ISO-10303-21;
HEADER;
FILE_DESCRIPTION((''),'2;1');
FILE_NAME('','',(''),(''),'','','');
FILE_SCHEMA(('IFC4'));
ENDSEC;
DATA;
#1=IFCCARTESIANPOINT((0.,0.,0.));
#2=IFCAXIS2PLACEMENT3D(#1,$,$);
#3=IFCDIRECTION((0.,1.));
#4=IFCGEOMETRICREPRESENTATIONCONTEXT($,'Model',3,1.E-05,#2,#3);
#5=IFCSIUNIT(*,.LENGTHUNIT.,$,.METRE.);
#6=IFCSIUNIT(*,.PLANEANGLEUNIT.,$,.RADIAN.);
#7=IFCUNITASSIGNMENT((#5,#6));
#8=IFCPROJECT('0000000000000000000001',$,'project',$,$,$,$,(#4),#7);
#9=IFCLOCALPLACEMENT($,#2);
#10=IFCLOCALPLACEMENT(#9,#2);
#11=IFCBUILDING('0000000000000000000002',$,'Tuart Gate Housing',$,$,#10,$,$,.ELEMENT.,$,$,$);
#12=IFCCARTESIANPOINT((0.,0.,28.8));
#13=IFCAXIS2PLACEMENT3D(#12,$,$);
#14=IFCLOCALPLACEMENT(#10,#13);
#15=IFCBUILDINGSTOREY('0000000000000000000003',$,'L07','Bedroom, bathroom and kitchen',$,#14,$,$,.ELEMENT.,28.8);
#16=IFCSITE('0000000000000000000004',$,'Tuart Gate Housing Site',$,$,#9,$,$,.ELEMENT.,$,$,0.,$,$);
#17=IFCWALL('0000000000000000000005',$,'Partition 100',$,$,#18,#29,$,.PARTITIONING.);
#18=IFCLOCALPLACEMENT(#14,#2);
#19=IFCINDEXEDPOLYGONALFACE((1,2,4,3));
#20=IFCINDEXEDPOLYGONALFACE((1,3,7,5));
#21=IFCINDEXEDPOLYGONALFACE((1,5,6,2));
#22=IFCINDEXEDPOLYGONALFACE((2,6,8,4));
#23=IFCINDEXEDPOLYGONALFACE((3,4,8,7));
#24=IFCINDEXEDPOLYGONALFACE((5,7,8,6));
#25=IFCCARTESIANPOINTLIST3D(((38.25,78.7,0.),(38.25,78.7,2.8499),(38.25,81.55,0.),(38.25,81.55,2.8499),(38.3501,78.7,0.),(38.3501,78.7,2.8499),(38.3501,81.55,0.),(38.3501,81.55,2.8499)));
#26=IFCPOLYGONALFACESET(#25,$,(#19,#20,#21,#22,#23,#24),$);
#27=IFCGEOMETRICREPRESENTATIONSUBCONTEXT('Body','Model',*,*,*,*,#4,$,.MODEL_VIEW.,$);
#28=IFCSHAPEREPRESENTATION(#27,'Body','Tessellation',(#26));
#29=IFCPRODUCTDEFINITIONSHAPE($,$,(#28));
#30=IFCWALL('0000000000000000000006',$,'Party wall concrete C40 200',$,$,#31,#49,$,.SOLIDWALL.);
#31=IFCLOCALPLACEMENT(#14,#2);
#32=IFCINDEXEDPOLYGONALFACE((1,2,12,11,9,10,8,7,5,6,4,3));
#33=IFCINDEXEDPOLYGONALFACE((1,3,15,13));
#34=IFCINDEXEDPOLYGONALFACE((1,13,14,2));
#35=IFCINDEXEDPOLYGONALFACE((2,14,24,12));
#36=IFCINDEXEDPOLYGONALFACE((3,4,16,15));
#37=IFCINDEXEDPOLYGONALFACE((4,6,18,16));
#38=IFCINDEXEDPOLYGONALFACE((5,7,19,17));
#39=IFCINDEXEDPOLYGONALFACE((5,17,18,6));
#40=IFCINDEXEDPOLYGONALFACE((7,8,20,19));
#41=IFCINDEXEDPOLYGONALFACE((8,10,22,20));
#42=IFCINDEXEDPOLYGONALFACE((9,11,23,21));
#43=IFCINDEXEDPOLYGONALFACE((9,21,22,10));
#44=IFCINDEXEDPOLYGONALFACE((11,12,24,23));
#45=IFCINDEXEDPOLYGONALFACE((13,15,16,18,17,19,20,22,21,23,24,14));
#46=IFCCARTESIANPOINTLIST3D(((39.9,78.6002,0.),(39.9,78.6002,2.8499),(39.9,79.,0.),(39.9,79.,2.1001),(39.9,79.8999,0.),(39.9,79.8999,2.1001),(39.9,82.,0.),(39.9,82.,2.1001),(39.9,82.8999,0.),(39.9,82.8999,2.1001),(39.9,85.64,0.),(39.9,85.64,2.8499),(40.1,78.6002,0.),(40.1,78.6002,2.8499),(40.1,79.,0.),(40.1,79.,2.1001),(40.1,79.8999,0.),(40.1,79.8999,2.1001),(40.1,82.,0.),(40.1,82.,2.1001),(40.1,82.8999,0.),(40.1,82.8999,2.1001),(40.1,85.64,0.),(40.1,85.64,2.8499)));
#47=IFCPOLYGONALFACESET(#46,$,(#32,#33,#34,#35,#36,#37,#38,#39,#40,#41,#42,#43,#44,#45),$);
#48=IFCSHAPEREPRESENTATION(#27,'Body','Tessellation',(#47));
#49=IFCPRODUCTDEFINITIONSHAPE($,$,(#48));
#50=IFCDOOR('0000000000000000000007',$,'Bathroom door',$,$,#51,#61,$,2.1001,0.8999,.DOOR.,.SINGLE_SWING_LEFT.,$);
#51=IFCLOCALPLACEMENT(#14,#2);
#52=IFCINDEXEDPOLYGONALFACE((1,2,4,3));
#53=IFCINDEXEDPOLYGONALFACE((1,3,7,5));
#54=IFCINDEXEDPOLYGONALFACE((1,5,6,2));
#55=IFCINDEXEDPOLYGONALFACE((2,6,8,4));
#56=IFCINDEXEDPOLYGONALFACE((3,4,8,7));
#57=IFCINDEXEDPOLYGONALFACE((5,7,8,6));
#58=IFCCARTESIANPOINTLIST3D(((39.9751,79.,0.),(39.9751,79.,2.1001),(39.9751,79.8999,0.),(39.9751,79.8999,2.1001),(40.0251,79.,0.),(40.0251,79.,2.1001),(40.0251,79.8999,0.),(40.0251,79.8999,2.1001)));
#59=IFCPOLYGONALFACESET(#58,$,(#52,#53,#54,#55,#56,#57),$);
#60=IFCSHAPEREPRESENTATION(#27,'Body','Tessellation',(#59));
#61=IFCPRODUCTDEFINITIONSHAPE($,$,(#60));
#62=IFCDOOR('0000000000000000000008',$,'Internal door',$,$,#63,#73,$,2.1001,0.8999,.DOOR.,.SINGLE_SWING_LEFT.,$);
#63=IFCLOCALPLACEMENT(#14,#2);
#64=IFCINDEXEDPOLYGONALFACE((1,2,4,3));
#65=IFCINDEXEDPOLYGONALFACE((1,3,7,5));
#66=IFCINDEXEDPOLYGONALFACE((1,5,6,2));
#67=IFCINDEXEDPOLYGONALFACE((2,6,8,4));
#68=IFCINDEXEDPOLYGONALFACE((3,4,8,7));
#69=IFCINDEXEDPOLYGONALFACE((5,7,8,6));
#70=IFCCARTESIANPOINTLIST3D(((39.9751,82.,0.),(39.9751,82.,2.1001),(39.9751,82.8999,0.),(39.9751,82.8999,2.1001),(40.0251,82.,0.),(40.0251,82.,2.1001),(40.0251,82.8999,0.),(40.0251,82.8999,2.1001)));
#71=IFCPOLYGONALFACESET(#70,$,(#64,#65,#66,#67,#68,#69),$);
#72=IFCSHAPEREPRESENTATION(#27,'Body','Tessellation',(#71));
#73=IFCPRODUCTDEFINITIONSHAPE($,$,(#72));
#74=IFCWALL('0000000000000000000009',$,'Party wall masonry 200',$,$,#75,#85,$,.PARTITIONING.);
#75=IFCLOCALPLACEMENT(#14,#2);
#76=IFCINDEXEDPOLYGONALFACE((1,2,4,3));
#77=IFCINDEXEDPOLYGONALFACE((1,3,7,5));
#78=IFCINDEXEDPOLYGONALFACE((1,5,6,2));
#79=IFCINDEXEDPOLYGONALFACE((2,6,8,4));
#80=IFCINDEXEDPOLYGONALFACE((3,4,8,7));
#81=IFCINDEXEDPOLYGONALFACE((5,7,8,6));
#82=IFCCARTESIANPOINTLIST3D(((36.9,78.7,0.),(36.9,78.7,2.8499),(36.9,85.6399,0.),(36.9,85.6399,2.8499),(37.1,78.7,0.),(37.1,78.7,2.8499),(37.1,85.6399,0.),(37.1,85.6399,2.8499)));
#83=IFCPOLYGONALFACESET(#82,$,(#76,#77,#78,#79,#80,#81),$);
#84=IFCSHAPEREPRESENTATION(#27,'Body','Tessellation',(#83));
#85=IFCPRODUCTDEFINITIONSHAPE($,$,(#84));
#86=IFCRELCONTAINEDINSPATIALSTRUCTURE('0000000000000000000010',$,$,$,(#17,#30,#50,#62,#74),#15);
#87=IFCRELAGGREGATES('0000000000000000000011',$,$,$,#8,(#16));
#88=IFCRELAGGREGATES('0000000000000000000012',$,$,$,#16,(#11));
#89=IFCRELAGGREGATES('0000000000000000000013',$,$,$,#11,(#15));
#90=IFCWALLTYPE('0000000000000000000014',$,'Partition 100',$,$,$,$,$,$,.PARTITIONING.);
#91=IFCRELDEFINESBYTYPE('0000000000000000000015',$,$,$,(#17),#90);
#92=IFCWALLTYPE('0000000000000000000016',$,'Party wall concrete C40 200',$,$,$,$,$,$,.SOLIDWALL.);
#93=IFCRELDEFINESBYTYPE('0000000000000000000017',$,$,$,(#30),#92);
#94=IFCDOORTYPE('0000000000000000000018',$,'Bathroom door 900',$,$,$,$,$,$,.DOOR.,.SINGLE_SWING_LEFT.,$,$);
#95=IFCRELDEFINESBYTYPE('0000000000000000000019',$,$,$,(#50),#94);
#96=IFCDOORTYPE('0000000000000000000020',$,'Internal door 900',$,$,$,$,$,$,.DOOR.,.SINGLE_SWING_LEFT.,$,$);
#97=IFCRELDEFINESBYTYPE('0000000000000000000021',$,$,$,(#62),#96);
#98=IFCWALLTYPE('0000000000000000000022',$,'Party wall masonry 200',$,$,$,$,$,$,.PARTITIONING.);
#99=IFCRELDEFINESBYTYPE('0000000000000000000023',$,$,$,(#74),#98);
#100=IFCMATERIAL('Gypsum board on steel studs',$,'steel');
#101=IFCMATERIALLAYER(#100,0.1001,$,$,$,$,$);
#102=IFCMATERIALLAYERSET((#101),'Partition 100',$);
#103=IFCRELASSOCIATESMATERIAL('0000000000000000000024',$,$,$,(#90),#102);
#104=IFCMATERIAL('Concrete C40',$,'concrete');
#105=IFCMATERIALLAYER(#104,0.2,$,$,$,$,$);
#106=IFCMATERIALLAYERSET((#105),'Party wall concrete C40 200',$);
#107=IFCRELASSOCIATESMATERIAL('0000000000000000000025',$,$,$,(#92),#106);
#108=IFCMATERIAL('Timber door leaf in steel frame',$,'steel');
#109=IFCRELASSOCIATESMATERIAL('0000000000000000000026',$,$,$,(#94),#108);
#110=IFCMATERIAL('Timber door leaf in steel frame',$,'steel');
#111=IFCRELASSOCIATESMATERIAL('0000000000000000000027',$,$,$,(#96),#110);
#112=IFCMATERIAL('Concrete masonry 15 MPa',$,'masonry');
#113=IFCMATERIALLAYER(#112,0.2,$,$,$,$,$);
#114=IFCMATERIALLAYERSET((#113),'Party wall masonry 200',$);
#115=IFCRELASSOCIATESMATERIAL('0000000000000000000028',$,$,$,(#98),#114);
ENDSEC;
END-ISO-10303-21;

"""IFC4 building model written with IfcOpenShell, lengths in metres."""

from ifc_helpers import new_model, si_unit, direction, frame, frame_2d, origin, place, context, subcontext, project, spatial, rectangle, extrude, material, layer, layer_set, type_object, element, fill, save


model = new_model("IFC4")

# Units and contexts
model_context = context("Model", 3, precision=1e-05, world=origin(), true_north=direction((0.0, 1.0)))
body_context = subcontext(model_context, "Body", "Model", "MODEL_VIEW")
ifc_project = project(units=[si_unit("LENGTHUNIT", "METRE"), si_unit("PLANEANGLEUNIT", "RADIAN")], contexts=[model_context])

# Site, building, storey
site_placement = place(None, origin())
site = spatial("IfcSite", under=ifc_project, at=site_placement, Name="Tuart Gate Housing Site", CompositionType="ELEMENT", RefElevation=0.0)
building_placement = place(site_placement, origin())
building = spatial("IfcBuilding", under=site, at=building_placement, Name="Tuart Gate Housing", CompositionType="ELEMENT")
storey_placement = place(building_placement, frame((0.0, 0.0, 28.8)))
storey = spatial("IfcBuildingStorey", under=building, at=storey_placement, Name="L07", Description="Bedroom, bathroom and kitchen", CompositionType="ELEMENT", Elevation=28.8)

# Wall
ifc_material_1 = material(Name="Gypsum board on steel studs", Category="steel")
ifc_layer_1 = layer(ifc_material_1, 0.1001)
ifc_layer_set_1 = layer_set([ifc_layer_1], Name="Partition 100")
wall_type_1 = type_object("IfcWallType", Name="Partition 100", PredefinedType="PARTITIONING", material=ifc_layer_set_1)
wall_1_placement = place(storey_placement, frame((38.3, 78.7, 0.0), z_axis=(0.0, 0.0, 1.0), x_axis=(0.0, 1.0, 0.0)))
element("IfcWall", 1, at=wall_1_placement, inside=storey, type_object=wall_type_1, Name="Partition 100", PredefinedType="PARTITIONING", context=body_context, shape_type="SweptSolid", body=[
    extrude(rectangle(XDim=2.8501, YDim=0.1001, at=frame_2d((1.425, 0.0))), origin(), (0.0, 0.0, 1.0), 2.8499),
])

# Wall, openings, doors
ifc_material_2 = material(Name="Concrete C40", Category="concrete")
ifc_layer_2 = layer(ifc_material_2, 0.2)
ifc_layer_set_2 = layer_set([ifc_layer_2], Name="Party wall concrete C40 200")
wall_type_2 = type_object("IfcWallType", Name="Party wall concrete C40 200", PredefinedType="SOLIDWALL", material=ifc_layer_set_2)
wall_2_placement = place(storey_placement, frame((40.0, 78.6001, 0.0), z_axis=(0.0, 0.0, 1.0), x_axis=(0.0, 1.0, 0.0)))
wall_2 = element("IfcWall", 2, at=wall_2_placement, inside=storey, type_object=wall_type_2, Name="Party wall concrete C40 200", PredefinedType="SOLIDWALL", context=body_context, shape_type="SweptSolid", body=[
    extrude(rectangle(XDim=7.0398, YDim=0.2, at=frame_2d((3.52, 0.0))), origin(), (0.0, 0.0, 1.0), 2.8499),
])
opening_1_placement = place(wall_2_placement, frame((3.3999, 0.0, 0.0)))
opening_1 = element("IfcOpeningElement", 3, at=opening_1_placement, cuts=wall_2, PredefinedType="OPENING", context=body_context, shape_type="SweptSolid", body=[
    extrude(rectangle(XDim=0.8999, YDim=2.1001, at=frame_2d((0.45, 1.05))), frame((0.0, 0.1099, 0.0), z_axis=(0.0, -1.0, 0.0), x_axis=(1.0, 0.0, 0.0)), (0.0, 0.0, 1.0), 0.22),
])
opening_2_placement = place(wall_2_placement, frame((0.3999, 0.0, 0.0)))
opening_2 = element("IfcOpeningElement", 4, at=opening_2_placement, cuts=wall_2, PredefinedType="OPENING", context=body_context, shape_type="SweptSolid", body=[
    extrude(rectangle(XDim=0.8999, YDim=2.1001, at=frame_2d((0.45, 1.05))), frame((0.0, 0.1099, 0.0), z_axis=(0.0, -1.0, 0.0), x_axis=(1.0, 0.0, 0.0)), (0.0, 0.0, 1.0), 0.22),
])
ifc_material_3 = material(Name="Timber door leaf in steel frame", Category="steel")
door_type_1 = type_object("IfcDoorType", Name="Bathroom door 900", OperationType="SINGLE_SWING_LEFT", PredefinedType="DOOR", material=ifc_material_3)
door_1_placement = place(opening_2_placement, origin())
door_1 = element("IfcDoor", 5, at=door_1_placement, inside=storey, type_object=door_type_1, Name="Bathroom door", OperationType="SINGLE_SWING_LEFT", OverallHeight=2.1001, OverallWidth=0.8999, PredefinedType="DOOR", context=body_context, shape_type="SweptSolid", body=[
    extrude(rectangle(XDim=0.8999, YDim=2.1001, at=frame_2d((0.45, 1.05))), frame((0.0, 0.0249, 0.0), z_axis=(0.0, -1.0, 0.0), x_axis=(1.0, 0.0, 0.0)), (0.0, 0.0, 1.0), 0.05),
])
fill(opening_2, door_1)
ifc_material_4 = material(Name="Timber door leaf in steel frame", Category="steel")
door_type_2 = type_object("IfcDoorType", Name="Internal door 900", OperationType="SINGLE_SWING_LEFT", PredefinedType="DOOR", material=ifc_material_4)
door_2_placement = place(opening_1_placement, origin())
door_2 = element("IfcDoor", 6, at=door_2_placement, inside=storey, type_object=door_type_2, Name="Internal door", OperationType="SINGLE_SWING_LEFT", OverallHeight=2.1001, OverallWidth=0.8999, PredefinedType="DOOR", context=body_context, shape_type="SweptSolid", body=[
    extrude(rectangle(XDim=0.8999, YDim=2.1001, at=frame_2d((0.45, 1.05))), frame((0.0, 0.0249, 0.0), z_axis=(0.0, -1.0, 0.0), x_axis=(1.0, 0.0, 0.0)), (0.0, 0.0, 1.0), 0.05),
])
fill(opening_1, door_2)

# Wall
ifc_material_5 = material(Name="Concrete masonry 15 MPa", Category="masonry")
ifc_layer_3 = layer(ifc_material_5, 0.2)
ifc_layer_set_3 = layer_set([ifc_layer_3], Name="Party wall masonry 200")
wall_type_3 = type_object("IfcWallType", Name="Party wall masonry 200", PredefinedType="PARTITIONING", material=ifc_layer_set_3)
wall_3_placement = place(storey_placement, frame((37.0, 78.7, 0.0), z_axis=(0.0, 0.0, 1.0), x_axis=(0.0, 1.0, 0.0)))
element("IfcWall", 7, at=wall_3_placement, inside=storey, type_object=wall_type_3, Name="Party wall masonry 200", PredefinedType="PARTITIONING", context=body_context, shape_type="SweptSolid", body=[
    extrude(rectangle(XDim=6.9399, YDim=0.2, at=frame_2d((3.47, 0.0))), origin(), (0.0, 0.0, 1.0), 2.8499),
])

save(model, "model.ifc")
